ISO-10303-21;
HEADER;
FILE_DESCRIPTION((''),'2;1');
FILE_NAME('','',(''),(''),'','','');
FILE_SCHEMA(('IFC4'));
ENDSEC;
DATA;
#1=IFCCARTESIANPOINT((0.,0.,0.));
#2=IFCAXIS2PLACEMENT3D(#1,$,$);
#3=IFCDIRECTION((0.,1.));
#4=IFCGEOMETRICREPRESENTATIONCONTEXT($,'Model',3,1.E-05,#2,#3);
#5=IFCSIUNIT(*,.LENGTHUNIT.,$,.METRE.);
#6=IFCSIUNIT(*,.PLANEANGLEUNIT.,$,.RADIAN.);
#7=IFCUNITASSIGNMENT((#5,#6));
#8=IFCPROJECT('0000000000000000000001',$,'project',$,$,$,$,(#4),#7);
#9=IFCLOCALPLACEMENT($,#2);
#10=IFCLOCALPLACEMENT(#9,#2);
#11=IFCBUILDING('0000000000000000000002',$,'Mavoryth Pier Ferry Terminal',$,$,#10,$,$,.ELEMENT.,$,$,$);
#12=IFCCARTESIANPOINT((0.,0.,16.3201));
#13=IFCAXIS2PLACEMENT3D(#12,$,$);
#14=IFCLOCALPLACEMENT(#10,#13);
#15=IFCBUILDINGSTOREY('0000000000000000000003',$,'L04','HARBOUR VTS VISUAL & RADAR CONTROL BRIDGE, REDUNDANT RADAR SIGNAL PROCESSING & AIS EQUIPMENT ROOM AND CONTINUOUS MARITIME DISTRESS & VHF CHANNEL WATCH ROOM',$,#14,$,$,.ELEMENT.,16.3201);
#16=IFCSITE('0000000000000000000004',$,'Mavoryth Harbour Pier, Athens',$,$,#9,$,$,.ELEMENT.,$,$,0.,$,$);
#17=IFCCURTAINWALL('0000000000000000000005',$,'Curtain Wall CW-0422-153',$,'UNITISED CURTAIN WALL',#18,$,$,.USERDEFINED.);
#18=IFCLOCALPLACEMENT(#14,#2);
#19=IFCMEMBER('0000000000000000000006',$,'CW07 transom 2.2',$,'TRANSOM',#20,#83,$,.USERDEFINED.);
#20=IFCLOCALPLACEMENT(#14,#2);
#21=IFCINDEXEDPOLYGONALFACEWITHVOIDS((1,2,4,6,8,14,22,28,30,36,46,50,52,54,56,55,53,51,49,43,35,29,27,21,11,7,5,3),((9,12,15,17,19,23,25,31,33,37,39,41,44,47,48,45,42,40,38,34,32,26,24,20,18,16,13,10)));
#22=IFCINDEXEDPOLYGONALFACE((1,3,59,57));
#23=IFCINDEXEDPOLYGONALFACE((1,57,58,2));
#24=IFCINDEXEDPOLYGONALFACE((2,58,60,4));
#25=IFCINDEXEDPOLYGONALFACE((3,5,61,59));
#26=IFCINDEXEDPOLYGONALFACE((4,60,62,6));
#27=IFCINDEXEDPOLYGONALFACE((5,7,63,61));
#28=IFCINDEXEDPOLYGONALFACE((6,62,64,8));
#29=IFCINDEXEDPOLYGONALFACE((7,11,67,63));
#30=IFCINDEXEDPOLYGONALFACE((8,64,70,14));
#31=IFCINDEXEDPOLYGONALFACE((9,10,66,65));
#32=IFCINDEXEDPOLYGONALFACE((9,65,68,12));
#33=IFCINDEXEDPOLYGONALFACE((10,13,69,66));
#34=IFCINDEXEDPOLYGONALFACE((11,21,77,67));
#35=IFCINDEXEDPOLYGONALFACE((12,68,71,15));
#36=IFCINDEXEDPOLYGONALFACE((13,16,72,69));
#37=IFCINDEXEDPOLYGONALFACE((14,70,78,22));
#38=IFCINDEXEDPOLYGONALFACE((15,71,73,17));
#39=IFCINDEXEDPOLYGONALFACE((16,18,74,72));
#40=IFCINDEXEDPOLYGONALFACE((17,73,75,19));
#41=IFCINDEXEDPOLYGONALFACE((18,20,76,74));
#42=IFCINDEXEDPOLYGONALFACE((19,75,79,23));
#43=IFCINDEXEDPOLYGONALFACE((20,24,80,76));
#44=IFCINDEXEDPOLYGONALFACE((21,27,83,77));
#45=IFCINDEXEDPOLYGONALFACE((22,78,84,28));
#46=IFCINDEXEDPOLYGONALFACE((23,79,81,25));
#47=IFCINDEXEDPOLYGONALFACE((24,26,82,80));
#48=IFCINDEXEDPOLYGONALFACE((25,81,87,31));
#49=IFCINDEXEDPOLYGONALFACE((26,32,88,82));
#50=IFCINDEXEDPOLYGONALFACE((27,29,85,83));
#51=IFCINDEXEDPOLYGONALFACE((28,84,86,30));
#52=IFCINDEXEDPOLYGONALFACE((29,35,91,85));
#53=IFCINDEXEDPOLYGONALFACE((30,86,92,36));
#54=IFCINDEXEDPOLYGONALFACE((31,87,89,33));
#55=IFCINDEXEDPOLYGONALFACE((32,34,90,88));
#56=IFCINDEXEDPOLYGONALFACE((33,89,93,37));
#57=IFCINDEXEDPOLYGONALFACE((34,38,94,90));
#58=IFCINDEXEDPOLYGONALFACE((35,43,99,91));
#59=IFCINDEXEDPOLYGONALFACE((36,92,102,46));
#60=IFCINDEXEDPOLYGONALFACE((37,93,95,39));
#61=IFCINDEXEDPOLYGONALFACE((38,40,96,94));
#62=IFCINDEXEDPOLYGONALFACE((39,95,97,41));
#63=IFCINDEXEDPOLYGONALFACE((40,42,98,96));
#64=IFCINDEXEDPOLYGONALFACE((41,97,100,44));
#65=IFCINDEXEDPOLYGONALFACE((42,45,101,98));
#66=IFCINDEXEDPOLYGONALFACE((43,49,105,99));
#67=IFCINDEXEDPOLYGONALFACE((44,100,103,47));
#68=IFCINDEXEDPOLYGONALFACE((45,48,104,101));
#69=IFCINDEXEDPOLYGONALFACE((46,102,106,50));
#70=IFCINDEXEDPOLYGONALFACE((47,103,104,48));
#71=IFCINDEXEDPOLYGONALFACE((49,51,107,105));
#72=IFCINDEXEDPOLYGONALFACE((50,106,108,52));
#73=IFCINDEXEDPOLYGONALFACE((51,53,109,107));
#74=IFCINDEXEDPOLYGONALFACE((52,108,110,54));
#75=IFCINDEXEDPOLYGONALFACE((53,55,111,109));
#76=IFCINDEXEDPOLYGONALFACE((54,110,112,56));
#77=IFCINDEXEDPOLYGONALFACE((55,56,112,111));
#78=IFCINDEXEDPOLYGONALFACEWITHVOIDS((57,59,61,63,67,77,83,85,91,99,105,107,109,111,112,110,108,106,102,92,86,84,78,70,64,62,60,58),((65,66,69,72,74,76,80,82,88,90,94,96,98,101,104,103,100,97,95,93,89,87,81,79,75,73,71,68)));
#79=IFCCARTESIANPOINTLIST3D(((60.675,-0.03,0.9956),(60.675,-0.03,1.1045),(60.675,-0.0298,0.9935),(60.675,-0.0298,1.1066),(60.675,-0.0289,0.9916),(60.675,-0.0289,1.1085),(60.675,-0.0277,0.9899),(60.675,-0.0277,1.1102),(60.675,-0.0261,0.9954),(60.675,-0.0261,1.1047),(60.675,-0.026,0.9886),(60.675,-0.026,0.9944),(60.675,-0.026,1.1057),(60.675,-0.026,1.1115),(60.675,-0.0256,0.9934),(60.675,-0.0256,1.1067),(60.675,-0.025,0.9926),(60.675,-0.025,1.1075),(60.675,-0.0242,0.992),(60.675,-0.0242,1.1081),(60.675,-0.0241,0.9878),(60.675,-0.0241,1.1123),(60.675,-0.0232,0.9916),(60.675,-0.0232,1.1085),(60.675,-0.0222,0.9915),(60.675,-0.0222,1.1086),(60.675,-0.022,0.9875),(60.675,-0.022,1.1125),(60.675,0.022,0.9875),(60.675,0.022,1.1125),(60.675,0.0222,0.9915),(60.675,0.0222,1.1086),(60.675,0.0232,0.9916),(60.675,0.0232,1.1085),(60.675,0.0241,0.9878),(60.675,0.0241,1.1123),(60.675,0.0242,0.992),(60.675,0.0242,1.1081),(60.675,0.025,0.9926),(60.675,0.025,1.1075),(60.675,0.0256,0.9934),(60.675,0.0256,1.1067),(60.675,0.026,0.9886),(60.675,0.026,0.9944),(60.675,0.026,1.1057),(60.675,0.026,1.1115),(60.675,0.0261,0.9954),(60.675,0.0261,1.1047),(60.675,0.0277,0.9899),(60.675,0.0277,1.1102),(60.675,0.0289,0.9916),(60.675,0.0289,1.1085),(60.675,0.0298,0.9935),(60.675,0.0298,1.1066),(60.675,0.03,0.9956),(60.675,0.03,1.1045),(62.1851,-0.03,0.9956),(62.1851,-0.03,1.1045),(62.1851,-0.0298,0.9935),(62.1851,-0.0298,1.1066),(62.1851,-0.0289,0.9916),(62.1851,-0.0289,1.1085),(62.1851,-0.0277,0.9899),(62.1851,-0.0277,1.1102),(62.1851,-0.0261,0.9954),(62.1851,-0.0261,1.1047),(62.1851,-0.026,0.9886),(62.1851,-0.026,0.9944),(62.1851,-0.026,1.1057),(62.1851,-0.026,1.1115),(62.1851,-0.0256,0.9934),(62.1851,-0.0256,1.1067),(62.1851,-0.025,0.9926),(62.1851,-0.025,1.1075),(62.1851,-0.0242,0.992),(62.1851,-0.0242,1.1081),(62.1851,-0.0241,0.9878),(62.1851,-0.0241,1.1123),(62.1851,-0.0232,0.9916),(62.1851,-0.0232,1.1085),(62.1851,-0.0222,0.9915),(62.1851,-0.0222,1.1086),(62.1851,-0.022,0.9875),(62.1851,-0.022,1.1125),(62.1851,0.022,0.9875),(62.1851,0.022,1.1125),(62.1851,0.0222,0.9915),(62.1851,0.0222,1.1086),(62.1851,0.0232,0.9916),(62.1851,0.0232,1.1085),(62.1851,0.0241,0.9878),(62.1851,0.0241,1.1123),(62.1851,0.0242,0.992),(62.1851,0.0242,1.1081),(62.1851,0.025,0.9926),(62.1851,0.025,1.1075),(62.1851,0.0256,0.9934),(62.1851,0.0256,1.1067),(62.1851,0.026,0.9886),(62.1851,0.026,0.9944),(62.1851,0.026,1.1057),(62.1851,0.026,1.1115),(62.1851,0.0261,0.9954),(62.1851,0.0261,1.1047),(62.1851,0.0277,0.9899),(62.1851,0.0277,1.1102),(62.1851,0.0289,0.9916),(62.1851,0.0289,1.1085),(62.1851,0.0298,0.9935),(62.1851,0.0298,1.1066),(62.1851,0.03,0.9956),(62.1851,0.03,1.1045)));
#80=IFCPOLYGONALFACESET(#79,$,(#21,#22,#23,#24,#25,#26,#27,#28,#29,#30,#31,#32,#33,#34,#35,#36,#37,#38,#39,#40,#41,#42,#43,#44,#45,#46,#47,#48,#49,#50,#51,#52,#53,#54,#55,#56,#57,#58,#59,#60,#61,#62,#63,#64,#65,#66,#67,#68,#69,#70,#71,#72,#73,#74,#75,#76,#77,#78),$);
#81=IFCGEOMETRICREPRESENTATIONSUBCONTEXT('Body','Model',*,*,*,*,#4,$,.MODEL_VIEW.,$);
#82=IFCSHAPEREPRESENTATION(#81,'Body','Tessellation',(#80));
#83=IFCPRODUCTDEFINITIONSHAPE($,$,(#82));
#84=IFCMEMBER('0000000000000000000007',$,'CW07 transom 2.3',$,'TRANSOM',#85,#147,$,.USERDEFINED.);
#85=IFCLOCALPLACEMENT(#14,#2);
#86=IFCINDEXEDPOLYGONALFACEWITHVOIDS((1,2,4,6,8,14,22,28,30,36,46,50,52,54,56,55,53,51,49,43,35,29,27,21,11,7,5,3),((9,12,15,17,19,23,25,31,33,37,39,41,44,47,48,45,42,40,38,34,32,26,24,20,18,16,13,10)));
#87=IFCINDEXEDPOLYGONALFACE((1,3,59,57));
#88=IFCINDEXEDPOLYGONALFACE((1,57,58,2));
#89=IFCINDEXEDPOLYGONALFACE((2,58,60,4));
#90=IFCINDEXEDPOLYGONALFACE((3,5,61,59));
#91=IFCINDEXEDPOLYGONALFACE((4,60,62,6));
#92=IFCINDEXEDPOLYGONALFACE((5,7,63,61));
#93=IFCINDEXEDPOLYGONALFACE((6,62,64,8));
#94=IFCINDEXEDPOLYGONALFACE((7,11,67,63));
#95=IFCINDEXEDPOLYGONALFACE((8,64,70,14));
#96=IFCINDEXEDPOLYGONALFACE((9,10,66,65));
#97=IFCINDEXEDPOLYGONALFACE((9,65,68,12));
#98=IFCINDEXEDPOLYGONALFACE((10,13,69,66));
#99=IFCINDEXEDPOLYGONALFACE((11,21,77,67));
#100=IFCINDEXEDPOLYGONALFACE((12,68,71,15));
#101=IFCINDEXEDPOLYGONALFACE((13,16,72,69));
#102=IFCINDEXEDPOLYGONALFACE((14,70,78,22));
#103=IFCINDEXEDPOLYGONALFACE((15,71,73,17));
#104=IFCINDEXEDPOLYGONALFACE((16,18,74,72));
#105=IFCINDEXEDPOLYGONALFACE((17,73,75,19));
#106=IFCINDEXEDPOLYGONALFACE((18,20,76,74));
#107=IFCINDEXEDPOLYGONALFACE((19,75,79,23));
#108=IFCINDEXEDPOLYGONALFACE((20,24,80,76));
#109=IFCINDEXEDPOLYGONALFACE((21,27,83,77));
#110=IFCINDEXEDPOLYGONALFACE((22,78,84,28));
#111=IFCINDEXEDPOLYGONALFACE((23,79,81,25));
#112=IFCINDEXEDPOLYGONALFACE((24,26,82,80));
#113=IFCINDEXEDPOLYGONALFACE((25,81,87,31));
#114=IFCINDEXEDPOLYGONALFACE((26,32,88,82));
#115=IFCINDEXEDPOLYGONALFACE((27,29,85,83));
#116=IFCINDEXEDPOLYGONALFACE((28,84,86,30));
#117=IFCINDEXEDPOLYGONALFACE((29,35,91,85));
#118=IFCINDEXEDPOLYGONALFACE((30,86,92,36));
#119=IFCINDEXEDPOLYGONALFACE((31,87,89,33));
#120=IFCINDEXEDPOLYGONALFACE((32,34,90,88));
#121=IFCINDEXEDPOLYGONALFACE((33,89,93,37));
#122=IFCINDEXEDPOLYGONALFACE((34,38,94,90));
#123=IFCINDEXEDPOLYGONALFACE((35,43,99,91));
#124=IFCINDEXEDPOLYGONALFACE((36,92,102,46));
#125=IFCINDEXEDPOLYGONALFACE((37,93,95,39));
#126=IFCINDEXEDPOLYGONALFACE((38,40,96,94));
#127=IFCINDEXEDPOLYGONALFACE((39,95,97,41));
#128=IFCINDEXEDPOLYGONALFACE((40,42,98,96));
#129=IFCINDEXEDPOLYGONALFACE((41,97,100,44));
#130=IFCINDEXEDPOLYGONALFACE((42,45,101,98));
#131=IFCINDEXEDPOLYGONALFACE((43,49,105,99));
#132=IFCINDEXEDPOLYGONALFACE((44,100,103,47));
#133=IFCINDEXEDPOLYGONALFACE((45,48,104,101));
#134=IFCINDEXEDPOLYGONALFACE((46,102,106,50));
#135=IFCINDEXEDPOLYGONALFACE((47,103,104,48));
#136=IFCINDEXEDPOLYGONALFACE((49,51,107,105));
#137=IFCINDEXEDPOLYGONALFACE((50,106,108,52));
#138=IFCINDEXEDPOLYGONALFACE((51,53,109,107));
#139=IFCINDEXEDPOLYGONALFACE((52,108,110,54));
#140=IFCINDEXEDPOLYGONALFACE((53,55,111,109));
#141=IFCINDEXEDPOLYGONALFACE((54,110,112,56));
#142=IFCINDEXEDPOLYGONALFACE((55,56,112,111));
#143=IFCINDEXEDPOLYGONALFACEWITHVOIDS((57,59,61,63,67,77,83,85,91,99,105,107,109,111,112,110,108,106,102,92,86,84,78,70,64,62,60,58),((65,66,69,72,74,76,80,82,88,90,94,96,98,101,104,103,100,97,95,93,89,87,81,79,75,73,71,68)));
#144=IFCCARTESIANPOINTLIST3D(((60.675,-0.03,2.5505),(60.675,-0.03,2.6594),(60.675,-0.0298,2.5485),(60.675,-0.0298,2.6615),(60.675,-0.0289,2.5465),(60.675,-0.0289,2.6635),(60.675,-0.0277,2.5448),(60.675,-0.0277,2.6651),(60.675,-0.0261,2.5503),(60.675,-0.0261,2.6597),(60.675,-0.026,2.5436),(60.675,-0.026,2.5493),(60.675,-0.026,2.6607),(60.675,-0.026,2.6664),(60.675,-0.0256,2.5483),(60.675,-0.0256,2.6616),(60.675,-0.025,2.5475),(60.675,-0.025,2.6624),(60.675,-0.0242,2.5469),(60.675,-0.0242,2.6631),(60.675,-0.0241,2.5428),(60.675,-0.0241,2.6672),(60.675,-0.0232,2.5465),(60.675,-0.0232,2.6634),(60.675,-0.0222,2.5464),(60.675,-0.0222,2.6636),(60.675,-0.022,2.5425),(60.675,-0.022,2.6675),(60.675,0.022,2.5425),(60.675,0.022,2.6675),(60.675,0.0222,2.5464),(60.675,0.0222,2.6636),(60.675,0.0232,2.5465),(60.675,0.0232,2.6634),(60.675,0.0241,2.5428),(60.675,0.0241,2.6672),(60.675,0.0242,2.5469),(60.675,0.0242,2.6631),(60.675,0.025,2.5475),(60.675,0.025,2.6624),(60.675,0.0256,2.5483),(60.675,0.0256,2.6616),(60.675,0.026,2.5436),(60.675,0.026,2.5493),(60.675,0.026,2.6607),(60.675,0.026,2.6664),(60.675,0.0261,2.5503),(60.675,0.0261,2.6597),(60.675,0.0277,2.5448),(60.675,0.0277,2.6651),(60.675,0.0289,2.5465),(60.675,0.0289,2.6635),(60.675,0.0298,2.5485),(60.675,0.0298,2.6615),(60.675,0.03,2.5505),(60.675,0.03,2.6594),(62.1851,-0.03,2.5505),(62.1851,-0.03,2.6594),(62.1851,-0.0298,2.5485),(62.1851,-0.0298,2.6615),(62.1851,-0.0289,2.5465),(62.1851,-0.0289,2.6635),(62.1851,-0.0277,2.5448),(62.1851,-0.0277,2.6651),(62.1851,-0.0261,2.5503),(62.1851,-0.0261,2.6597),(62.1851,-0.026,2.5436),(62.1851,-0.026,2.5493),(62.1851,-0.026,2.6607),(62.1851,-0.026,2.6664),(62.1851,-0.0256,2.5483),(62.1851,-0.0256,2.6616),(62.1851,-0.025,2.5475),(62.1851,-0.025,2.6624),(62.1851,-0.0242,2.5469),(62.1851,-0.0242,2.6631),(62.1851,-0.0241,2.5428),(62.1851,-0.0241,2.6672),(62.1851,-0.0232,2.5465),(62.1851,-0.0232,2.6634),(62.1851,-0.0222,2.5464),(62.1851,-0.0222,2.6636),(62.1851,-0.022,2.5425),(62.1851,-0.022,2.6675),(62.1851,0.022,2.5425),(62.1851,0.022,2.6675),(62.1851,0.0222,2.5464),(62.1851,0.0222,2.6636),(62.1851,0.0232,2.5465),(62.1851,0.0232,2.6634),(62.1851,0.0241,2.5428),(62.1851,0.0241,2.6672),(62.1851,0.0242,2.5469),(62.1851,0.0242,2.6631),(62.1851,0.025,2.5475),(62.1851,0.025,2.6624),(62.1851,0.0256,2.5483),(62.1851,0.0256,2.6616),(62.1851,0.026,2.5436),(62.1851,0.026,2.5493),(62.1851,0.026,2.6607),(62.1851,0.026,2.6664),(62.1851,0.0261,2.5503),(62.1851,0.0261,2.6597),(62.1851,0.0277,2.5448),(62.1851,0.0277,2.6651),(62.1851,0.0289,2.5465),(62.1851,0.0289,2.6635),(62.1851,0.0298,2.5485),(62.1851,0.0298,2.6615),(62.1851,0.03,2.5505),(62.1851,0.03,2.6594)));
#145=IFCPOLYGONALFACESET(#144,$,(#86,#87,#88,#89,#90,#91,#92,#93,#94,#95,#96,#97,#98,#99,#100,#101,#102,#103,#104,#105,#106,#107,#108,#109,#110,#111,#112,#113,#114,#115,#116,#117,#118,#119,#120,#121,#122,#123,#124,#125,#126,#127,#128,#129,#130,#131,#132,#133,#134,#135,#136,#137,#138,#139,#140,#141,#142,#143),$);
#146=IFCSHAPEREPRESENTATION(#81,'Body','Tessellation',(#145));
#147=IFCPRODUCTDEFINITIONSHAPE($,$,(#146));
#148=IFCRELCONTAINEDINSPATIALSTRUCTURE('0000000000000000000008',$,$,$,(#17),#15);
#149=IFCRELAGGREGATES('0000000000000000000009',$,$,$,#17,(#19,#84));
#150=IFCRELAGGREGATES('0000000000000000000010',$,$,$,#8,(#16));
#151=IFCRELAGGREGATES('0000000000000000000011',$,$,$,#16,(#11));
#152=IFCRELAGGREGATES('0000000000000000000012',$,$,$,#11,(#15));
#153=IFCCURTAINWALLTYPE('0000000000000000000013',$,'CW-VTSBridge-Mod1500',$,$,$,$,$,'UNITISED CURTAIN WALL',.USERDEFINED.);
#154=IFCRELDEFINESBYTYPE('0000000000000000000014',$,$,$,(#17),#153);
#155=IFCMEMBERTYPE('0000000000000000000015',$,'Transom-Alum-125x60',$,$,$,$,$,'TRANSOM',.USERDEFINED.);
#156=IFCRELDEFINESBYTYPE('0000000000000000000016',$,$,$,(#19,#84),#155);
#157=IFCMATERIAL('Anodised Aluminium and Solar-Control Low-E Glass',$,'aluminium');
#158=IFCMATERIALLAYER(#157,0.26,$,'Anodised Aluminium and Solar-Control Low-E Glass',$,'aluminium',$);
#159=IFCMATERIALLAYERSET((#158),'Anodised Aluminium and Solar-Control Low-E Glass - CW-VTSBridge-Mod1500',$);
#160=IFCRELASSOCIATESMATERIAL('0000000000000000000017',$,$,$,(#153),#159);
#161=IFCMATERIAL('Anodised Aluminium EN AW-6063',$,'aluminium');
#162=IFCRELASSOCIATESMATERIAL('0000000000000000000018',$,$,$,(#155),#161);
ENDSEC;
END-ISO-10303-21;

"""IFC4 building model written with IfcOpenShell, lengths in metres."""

from ifc_helpers import new_model, si_unit, direction, frame, origin, origin_2d, place, context, subcontext, project, spatial, hollow_rectangle, extrude, material, layer, layer_set, material_profile, profile_set, type_object, element, aggregate, save


model = new_model("IFC4")

# Units and contexts
model_context = context("Model", 3, precision=1e-05, world=origin(), true_north=direction((0.0, 1.0)))
body_context = subcontext(model_context, "Body", "Model", "MODEL_VIEW")
ifc_project = project(units=[si_unit("LENGTHUNIT", "METRE"), si_unit("PLANEANGLEUNIT", "RADIAN")], contexts=[model_context])

# Site, building, storey
site_placement = place(None, origin())
site = spatial("IfcSite", under=ifc_project, at=site_placement, Name="Mavoryth Harbour Pier, Athens", CompositionType="ELEMENT", RefElevation=0.0)
building_placement = place(site_placement, origin())
building = spatial("IfcBuilding", under=site, at=building_placement, Name="Mavoryth Pier Ferry Terminal", CompositionType="ELEMENT")
storey_placement = place(building_placement, frame((0.0, 0.0, 16.3201)))
storey = spatial("IfcBuildingStorey", under=building, at=storey_placement, Name="L04", Description="HARBOUR VTS VISUAL & RADAR CONTROL BRIDGE, REDUNDANT RADAR SIGNAL PROCESSING & AIS EQUIPMENT ROOM AND CONTINUOUS MARITIME DISTRESS & VHF CHANNEL WATCH ROOM", CompositionType="ELEMENT", Elevation=16.3201)

# Shared definitions
ifc_material_1 = material(Name="Anodised Aluminium and Solar-Control Low-E Glass", Category="aluminium")
ifc_layer_1 = layer(ifc_material_1, 0.26, Name="Anodised Aluminium and Solar-Control Low-E Glass", Category="aluminium")
ifc_layer_set_1 = layer_set([ifc_layer_1], Name="Anodised Aluminium and Solar-Control Low-E Glass - CW-VTSBridge-Mod1500")
curtain_wall_type = type_object("IfcCurtainWallType", Name="CW-VTSBridge-Mod1500", ElementType="UNITISED CURTAIN WALL", PredefinedType="USERDEFINED", material=ifc_layer_set_1)
ifc_material_2 = material(Name="Anodised Aluminium EN AW-6063", Category="aluminium")

# Curtain wall
curtain_wall_1_placement = place(storey_placement, origin())
curtain_wall_1 = element("IfcCurtainWall", 1, at=curtain_wall_1_placement, inside=storey, type_object=curtain_wall_type, Name="Curtain Wall CW-0422-153", ObjectType="UNITISED CURTAIN WALL", PredefinedType="USERDEFINED")

# Members
ifc_material_profile_1 = material_profile(ifc_material_2, hollow_rectangle(XDim=0.0601, YDim=0.125, WallThickness=0.0039, InnerFilletRadius=0.0039, OuterFilletRadius=0.0081, at=origin_2d()), Name="AL-TRAN 125x60x4", Category="aluminium")
ifc_profile_set_1 = profile_set([ifc_material_profile_1], Name="Anodised Aluminium EN AW-6063 - AL-TRAN 125x60x4")
member_type_1 = type_object("IfcMemberType", Name="Transom-Alum-125x60", ElementType="TRANSOM", PredefinedType="USERDEFINED", material=ifc_profile_set_1)
member_1_placement = place(storey_placement, frame((60.675, 0.0, 1.05), z_axis=(1.0, 0.0, 0.0), x_axis=(0.0, 1.0, 0.0)))
member_1 = element("IfcMember", 2, at=member_1_placement, type_object=member_type_1, Name="CW07 transom 2.2", ObjectType="TRANSOM", PredefinedType="USERDEFINED", context=body_context, shape_type="SweptSolid", body=[
    extrude(hollow_rectangle(XDim=0.0601, YDim=0.125, WallThickness=0.0039, InnerFilletRadius=0.0039, OuterFilletRadius=0.0081, at=origin_2d()), origin(), (0.0, 0.0, 1.0), 1.51),
])
member_2_placement = place(storey_placement, frame((60.675, 0.0, 2.605), z_axis=(1.0, 0.0, 0.0), x_axis=(0.0, 1.0, 0.0)))
member_2 = element("IfcMember", 3, at=member_2_placement, type_object=member_type_1, Name="CW07 transom 2.3", ObjectType="TRANSOM", PredefinedType="USERDEFINED", context=body_context, shape_type="SweptSolid", body=[
    extrude(hollow_rectangle(XDim=0.0601, YDim=0.125, WallThickness=0.0039, InnerFilletRadius=0.0039, OuterFilletRadius=0.0081, at=origin_2d()), origin(), (0.0, 0.0, 1.0), 1.51),
])

aggregate(curtain_wall_1, [member_1, member_2])

save(model, "model.ifc")
